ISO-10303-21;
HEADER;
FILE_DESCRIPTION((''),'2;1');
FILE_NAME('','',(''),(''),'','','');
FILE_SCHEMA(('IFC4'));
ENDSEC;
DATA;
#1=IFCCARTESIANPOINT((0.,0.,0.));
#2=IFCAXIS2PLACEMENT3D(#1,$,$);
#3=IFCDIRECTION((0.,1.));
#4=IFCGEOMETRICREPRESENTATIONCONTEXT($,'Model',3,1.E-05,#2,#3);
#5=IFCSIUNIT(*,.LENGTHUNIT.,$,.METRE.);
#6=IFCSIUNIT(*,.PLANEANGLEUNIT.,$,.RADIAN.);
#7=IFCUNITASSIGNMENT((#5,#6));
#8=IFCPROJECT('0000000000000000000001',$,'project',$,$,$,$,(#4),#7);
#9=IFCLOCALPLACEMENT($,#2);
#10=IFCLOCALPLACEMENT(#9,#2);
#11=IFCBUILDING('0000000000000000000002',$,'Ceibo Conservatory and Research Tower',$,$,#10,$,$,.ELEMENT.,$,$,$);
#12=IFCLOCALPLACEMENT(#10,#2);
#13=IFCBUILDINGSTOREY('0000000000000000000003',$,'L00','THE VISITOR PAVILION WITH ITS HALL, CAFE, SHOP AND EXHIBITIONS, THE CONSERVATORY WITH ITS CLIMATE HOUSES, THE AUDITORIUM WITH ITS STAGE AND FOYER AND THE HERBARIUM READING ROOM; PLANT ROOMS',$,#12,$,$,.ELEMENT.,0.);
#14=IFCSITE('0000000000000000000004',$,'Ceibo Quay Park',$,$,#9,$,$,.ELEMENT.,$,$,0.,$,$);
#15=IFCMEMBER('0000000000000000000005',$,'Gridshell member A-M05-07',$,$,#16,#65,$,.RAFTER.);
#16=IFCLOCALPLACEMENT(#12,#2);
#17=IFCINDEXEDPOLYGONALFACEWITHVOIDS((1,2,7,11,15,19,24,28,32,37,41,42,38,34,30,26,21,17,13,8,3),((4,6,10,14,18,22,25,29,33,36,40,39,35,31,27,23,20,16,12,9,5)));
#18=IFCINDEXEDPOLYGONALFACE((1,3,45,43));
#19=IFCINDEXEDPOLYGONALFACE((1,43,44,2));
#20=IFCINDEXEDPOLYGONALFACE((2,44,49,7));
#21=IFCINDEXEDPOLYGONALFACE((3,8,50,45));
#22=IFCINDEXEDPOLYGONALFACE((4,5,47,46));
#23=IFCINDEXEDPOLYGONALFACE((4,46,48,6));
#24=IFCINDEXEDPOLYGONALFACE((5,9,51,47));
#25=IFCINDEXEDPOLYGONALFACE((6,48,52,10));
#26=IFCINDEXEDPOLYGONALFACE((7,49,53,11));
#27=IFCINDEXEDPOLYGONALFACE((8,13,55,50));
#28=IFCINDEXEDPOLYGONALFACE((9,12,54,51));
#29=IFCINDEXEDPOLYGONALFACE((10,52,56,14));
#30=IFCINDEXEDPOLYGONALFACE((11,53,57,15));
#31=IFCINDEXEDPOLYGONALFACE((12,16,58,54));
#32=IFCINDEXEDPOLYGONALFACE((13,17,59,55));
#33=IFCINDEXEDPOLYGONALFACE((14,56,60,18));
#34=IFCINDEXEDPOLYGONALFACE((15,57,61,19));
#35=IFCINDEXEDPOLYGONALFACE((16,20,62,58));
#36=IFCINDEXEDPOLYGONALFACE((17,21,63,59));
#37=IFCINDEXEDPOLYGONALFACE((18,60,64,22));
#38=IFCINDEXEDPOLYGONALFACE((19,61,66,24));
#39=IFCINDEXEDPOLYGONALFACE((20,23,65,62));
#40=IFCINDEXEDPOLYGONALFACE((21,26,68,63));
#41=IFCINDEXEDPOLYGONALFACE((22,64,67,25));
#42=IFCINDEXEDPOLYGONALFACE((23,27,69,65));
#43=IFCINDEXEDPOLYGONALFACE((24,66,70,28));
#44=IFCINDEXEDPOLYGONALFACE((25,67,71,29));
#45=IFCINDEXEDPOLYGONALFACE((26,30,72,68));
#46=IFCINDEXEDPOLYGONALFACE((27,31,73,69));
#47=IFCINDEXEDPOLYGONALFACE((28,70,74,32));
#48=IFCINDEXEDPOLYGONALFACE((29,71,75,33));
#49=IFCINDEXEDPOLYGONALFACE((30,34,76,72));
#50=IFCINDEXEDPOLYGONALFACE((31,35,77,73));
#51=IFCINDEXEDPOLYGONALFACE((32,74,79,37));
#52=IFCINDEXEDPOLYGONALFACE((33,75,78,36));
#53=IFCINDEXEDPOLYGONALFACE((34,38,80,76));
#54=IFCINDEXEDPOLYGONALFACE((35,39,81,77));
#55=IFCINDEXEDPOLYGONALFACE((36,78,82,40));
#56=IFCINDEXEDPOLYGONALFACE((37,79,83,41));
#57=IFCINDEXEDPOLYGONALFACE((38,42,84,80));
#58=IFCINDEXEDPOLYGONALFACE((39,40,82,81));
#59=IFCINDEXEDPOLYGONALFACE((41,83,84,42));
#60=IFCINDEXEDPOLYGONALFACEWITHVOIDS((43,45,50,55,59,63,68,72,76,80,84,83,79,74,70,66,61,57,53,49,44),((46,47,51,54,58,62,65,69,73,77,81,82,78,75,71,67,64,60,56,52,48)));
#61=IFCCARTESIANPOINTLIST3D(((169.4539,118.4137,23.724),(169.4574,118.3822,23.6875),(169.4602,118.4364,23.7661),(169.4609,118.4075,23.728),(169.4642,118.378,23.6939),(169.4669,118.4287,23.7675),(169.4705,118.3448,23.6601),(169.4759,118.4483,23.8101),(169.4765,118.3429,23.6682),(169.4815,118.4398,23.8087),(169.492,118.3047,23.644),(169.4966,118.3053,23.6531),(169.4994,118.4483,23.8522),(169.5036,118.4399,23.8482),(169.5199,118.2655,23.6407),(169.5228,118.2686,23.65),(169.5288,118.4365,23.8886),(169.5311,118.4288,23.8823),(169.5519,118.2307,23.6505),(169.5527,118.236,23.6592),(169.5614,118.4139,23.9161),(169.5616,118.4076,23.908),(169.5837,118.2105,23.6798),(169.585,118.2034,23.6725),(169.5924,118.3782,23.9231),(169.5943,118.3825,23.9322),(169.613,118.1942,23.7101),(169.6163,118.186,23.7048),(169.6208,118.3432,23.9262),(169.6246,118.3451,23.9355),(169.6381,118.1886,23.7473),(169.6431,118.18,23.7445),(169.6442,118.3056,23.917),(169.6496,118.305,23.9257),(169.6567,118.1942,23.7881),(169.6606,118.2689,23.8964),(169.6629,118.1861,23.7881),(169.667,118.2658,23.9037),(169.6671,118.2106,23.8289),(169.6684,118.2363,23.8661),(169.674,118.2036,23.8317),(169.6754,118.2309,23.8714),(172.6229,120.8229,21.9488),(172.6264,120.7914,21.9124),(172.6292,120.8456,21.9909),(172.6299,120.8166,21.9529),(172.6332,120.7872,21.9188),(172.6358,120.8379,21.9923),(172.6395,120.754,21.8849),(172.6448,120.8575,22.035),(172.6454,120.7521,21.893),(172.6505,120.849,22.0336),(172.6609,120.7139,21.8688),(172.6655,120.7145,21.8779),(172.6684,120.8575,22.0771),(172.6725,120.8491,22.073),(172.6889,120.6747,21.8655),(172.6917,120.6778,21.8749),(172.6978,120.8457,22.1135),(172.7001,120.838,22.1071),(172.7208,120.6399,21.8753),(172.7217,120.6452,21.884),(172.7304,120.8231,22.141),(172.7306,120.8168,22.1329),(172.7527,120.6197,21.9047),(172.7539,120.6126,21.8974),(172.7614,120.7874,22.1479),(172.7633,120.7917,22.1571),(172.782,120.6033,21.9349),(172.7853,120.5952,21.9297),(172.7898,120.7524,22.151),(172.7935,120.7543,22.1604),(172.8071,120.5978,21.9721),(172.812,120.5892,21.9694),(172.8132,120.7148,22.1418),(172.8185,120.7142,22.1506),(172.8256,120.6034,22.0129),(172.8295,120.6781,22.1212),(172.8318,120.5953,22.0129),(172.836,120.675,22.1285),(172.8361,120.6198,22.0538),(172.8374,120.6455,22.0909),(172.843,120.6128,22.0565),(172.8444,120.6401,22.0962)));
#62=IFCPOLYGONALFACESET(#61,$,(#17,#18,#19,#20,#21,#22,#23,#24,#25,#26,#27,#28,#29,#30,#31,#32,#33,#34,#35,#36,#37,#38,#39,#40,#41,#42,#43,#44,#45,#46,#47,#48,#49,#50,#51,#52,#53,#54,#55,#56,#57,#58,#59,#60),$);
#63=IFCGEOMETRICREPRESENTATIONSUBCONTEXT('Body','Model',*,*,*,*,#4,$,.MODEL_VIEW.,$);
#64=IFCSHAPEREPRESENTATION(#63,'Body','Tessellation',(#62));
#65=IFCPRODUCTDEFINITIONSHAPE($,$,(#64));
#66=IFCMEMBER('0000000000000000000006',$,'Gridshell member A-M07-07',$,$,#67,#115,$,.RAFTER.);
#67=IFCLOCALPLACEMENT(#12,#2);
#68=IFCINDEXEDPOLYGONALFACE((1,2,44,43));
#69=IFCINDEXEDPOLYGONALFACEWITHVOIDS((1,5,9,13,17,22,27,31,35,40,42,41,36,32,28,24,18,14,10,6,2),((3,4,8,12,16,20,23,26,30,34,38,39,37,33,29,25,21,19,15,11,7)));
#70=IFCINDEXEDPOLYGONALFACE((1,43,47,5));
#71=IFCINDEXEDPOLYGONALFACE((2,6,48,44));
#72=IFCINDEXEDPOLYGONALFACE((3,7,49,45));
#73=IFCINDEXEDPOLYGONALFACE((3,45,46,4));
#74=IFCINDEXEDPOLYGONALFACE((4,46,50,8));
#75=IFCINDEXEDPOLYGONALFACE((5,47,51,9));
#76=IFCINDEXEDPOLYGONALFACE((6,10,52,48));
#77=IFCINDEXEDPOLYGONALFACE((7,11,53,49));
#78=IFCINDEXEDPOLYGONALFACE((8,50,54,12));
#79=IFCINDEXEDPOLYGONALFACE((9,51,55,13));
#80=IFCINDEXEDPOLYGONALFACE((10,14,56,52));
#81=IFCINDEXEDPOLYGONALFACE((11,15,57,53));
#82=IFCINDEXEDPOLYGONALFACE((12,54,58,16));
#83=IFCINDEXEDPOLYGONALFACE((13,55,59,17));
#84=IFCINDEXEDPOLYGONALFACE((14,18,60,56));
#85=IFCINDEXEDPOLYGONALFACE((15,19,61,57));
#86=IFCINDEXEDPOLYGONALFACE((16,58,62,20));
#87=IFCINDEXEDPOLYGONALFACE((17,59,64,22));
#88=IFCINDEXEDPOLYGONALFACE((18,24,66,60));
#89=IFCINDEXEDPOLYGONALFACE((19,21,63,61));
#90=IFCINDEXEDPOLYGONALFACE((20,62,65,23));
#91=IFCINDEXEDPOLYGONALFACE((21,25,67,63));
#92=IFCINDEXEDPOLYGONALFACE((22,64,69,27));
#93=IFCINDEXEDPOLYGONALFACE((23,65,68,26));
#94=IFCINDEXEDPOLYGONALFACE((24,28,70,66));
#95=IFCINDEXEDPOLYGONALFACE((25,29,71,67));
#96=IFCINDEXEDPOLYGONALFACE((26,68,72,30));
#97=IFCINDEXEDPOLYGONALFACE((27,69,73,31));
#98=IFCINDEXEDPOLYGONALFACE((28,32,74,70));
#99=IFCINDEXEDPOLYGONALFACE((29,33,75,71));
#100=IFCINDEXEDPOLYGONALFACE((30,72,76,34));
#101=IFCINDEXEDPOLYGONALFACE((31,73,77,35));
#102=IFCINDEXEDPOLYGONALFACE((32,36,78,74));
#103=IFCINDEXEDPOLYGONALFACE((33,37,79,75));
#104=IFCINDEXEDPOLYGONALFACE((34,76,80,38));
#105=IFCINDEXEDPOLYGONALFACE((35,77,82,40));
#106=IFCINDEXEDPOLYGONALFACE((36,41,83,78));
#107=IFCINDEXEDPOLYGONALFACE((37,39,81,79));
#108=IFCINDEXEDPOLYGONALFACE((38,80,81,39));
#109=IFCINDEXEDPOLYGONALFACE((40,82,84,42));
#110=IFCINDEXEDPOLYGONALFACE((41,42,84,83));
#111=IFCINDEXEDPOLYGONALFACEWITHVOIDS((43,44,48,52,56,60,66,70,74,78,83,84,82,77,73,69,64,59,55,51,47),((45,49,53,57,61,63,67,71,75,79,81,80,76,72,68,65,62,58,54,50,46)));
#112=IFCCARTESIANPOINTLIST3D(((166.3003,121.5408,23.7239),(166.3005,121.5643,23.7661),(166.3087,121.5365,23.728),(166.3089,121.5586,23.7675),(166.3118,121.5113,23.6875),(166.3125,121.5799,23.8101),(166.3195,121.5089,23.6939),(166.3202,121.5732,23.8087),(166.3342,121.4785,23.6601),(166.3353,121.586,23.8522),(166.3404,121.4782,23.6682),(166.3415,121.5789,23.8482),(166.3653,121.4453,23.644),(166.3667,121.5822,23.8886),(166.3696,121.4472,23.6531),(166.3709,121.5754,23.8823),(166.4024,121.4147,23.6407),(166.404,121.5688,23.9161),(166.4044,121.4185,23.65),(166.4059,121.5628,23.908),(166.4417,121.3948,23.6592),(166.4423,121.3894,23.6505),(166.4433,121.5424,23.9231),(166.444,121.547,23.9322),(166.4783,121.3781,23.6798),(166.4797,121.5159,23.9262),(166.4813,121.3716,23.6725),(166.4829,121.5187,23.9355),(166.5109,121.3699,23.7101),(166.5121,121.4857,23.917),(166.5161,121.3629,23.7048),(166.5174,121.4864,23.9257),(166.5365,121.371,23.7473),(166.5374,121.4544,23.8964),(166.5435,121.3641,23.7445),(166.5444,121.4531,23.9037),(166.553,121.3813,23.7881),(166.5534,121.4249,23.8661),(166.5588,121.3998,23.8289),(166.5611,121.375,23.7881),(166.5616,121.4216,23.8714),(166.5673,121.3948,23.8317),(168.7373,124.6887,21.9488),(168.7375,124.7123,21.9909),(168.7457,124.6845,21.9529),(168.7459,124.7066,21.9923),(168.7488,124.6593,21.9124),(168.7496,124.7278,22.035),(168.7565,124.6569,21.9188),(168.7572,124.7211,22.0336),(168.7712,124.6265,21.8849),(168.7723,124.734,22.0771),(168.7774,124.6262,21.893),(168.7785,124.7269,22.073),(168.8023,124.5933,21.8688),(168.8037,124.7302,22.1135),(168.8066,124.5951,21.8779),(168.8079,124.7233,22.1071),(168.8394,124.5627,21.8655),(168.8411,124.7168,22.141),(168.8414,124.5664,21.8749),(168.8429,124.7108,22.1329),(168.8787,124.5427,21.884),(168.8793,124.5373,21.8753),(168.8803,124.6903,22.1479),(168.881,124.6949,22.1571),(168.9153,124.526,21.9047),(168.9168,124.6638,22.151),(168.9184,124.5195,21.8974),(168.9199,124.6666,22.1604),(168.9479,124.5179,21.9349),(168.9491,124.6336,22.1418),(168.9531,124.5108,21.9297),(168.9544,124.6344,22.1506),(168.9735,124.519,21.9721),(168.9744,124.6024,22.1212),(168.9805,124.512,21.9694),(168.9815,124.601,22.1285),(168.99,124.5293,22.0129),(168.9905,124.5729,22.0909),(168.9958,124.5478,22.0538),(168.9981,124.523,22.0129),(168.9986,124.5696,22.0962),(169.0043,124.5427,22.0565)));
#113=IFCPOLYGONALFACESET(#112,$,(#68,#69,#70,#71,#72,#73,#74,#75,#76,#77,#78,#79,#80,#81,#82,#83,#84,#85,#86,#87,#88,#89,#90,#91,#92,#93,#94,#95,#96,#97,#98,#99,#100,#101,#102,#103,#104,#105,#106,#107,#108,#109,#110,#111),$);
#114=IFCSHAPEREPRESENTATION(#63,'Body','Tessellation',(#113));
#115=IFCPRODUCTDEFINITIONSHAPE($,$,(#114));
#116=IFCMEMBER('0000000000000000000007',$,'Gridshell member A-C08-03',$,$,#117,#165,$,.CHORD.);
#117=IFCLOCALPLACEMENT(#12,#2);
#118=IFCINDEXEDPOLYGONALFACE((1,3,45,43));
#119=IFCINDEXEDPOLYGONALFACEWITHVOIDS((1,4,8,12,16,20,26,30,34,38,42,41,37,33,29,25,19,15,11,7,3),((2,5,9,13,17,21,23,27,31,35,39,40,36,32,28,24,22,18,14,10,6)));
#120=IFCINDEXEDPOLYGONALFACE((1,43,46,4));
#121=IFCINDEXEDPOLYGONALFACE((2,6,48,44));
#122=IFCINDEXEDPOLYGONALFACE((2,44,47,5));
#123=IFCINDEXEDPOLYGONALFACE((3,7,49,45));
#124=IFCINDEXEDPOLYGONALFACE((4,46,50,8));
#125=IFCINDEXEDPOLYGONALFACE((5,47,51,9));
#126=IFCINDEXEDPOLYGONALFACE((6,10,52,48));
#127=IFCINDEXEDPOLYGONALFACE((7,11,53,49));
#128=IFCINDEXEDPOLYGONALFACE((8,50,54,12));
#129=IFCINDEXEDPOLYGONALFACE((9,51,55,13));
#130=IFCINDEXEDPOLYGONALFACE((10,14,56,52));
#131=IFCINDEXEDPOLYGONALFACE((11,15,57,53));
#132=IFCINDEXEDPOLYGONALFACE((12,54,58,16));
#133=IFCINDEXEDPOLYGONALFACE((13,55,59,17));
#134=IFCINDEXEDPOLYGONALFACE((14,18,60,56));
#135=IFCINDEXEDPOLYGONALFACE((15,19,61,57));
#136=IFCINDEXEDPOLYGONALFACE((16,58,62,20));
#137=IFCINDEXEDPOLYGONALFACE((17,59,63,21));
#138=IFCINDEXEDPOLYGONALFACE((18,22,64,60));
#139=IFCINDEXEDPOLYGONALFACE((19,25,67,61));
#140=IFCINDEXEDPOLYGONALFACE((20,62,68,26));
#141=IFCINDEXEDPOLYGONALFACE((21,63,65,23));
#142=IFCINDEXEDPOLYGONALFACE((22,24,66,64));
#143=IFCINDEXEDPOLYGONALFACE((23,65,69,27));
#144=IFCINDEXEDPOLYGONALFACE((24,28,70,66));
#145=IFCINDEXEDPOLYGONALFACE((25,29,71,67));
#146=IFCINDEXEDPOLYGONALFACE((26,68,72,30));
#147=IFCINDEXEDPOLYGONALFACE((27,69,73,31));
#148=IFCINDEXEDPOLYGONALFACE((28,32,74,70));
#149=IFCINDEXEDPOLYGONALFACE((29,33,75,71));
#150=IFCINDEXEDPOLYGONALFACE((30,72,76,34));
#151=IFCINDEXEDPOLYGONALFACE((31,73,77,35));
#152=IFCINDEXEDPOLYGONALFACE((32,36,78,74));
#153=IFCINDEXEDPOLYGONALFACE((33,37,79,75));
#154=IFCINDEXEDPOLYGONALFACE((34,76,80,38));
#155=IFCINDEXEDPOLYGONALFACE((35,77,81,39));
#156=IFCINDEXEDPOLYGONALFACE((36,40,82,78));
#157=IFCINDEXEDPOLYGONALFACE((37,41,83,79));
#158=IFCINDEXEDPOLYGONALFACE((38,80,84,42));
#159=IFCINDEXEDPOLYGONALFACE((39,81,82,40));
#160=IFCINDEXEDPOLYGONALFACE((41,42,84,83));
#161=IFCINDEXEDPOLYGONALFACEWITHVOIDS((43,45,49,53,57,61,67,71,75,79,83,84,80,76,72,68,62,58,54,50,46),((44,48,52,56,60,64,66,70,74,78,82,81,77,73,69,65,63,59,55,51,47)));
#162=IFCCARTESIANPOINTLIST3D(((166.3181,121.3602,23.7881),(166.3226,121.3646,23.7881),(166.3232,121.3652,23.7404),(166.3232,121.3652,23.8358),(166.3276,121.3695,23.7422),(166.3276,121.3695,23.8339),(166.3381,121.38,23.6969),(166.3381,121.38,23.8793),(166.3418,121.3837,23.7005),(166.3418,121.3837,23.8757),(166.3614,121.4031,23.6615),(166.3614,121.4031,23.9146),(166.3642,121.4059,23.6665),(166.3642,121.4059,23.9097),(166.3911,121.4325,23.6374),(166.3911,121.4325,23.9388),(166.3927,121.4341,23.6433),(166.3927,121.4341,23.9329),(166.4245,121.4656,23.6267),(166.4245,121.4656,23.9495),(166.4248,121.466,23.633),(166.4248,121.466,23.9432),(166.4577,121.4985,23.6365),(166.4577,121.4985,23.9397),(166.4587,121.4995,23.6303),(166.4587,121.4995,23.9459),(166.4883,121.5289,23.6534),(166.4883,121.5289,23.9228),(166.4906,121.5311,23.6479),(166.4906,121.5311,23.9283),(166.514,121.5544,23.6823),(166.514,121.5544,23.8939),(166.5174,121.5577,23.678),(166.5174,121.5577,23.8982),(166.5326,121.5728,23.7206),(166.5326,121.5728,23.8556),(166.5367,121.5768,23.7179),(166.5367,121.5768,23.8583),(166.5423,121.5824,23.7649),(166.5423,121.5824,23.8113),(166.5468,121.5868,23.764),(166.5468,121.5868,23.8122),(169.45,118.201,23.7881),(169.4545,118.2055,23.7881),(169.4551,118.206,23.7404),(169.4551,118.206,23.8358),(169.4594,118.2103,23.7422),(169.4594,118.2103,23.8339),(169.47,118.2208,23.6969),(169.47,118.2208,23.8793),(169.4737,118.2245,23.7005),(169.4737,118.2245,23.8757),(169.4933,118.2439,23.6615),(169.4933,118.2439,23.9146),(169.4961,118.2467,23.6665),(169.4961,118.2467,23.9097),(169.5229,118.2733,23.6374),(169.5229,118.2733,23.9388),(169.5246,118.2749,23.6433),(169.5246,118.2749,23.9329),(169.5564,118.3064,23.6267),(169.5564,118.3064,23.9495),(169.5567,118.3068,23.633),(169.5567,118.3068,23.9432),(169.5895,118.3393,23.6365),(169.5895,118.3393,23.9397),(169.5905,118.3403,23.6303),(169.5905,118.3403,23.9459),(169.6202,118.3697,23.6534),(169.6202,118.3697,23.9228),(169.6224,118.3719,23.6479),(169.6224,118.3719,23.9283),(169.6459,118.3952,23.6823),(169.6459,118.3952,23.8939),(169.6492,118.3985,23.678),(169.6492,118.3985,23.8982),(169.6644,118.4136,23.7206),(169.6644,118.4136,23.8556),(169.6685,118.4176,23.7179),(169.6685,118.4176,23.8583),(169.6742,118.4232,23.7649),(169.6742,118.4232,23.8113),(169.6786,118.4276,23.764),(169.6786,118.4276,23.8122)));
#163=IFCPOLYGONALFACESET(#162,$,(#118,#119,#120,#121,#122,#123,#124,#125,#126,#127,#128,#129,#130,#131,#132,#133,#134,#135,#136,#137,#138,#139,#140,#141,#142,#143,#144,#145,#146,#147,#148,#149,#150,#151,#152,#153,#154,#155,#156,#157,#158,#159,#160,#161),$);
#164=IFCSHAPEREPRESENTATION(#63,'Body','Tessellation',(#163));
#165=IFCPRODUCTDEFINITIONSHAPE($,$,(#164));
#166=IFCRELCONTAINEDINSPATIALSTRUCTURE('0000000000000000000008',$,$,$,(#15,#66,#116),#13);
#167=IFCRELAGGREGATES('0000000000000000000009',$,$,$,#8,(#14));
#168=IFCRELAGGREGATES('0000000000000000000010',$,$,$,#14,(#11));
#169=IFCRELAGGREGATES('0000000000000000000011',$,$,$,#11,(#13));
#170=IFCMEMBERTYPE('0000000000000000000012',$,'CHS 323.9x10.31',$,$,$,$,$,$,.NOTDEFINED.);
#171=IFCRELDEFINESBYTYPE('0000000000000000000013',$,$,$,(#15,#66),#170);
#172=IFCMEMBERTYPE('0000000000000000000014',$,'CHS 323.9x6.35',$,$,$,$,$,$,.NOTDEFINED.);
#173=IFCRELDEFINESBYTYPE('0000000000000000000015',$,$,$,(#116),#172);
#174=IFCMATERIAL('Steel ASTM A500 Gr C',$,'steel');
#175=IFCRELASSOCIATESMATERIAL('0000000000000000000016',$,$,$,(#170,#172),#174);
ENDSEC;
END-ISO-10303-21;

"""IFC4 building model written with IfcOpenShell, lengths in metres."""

from ifc_helpers import new_model, si_unit, direction, frame, origin, origin_2d, place, context, subcontext, project, spatial, hollow_circle, extrude, material, material_profile, profile_set, type_object, element, save


model = new_model("IFC4")

# Units and contexts
model_context = context("Model", 3, precision=1e-05, world=origin(), true_north=direction((0.0, 1.0)))
body_context = subcontext(model_context, "Body", "Model", "MODEL_VIEW")
ifc_project = project(units=[si_unit("LENGTHUNIT", "METRE"), si_unit("PLANEANGLEUNIT", "RADIAN")], contexts=[model_context])

# Site, building, storey
site_placement = place(None, origin())
site = spatial("IfcSite", under=ifc_project, at=site_placement, Name="Ceibo Quay Park", CompositionType="ELEMENT", RefElevation=0.0)
building_placement = place(site_placement, origin())
building = spatial("IfcBuilding", under=site, at=building_placement, Name="Ceibo Conservatory and Research Tower", CompositionType="ELEMENT")
storey_placement = place(building_placement, origin())
storey = spatial("IfcBuildingStorey", under=building, at=storey_placement, Name="L00", Description="THE VISITOR PAVILION WITH ITS HALL, CAFE, SHOP AND EXHIBITIONS, THE CONSERVATORY WITH ITS CLIMATE HOUSES, THE AUDITORIUM WITH ITS STAGE AND FOYER AND THE HERBARIUM READING ROOM; PLANT ROOMS", CompositionType="ELEMENT", Elevation=0.0)

# Members
ifc_material_1 = material(Name="Steel ASTM A500 Gr C", Category="steel")
ifc_material_profile_1 = material_profile(ifc_material_1, hollow_circle(Radius=0.1619, WallThickness=0.0103, at=origin_2d()), Name="CHS 323.9x10.31")
ifc_profile_set_1 = profile_set([ifc_material_profile_1], Name="Steel ASTM A500 Gr C")
member_type_1 = type_object("IfcMemberType", Name="CHS 323.9x10.31", PredefinedType="NOTDEFINED", material=ifc_profile_set_1)
member_1_placement = place(storey_placement, frame((172.7339, 120.7241, 22.0129), z_axis=(-0.727054, -0.55274, 0.407273), x_axis=(0.605208, -0.796068, 0.0)))
element("IfcMember", 1, at=member_1_placement, inside=storey, type_object=member_type_1, Name="Gridshell member A-M05-07", PredefinedType="RAFTER", context=body_context, shape_type="SweptSolid", body=[
    extrude(hollow_circle(Radius=0.1619, WallThickness=0.0103, at=origin_2d()), origin(), (0.0, 0.0, 1.0), 4.3586),
])
member_2_placement = place(storey_placement, frame((168.8701, 124.6221, 22.0129), z_axis=(-0.559092, -0.722194, 0.407249), x_axis=(0.790737, -0.612156, 0.0)))
element("IfcMember", 2, at=member_2_placement, inside=storey, type_object=member_type_1, Name="Gridshell member A-M07-07", PredefinedType="RAFTER", context=body_context, shape_type="SweptSolid", body=[
    extrude(hollow_circle(Radius=0.1619, WallThickness=0.0103, at=origin_2d()), origin(), (0.0, 0.0, 1.0), 4.3589),
])
ifc_material_profile_2 = material_profile(ifc_material_1, hollow_circle(Radius=0.1619, WallThickness=0.0063, at=origin_2d()), Name="CHS 323.9x6.35")
ifc_profile_set_2 = profile_set([ifc_material_profile_2], Name="Steel ASTM A500 Gr C")
member_type_2 = type_object("IfcMemberType", Name="CHS 323.9x6.35", PredefinedType="NOTDEFINED", material=ifc_profile_set_2)
member_3_placement = place(storey_placement, frame((169.5649, 118.3149, 23.7881), z_axis=(-0.704027, 0.710173, 0.0), x_axis=(-0.710173, -0.704027, 0.0)))
element("IfcMember", 3, at=member_3_placement, inside=storey, type_object=member_type_2, Name="Gridshell member A-C08-03", PredefinedType="CHORD", context=body_context, shape_type="SweptSolid", body=[
    extrude(hollow_circle(Radius=0.1619, WallThickness=0.0063, at=origin_2d()), origin(), (0.0, 0.0, 1.0), 4.4485),
])

save(model, "model.ifc")
